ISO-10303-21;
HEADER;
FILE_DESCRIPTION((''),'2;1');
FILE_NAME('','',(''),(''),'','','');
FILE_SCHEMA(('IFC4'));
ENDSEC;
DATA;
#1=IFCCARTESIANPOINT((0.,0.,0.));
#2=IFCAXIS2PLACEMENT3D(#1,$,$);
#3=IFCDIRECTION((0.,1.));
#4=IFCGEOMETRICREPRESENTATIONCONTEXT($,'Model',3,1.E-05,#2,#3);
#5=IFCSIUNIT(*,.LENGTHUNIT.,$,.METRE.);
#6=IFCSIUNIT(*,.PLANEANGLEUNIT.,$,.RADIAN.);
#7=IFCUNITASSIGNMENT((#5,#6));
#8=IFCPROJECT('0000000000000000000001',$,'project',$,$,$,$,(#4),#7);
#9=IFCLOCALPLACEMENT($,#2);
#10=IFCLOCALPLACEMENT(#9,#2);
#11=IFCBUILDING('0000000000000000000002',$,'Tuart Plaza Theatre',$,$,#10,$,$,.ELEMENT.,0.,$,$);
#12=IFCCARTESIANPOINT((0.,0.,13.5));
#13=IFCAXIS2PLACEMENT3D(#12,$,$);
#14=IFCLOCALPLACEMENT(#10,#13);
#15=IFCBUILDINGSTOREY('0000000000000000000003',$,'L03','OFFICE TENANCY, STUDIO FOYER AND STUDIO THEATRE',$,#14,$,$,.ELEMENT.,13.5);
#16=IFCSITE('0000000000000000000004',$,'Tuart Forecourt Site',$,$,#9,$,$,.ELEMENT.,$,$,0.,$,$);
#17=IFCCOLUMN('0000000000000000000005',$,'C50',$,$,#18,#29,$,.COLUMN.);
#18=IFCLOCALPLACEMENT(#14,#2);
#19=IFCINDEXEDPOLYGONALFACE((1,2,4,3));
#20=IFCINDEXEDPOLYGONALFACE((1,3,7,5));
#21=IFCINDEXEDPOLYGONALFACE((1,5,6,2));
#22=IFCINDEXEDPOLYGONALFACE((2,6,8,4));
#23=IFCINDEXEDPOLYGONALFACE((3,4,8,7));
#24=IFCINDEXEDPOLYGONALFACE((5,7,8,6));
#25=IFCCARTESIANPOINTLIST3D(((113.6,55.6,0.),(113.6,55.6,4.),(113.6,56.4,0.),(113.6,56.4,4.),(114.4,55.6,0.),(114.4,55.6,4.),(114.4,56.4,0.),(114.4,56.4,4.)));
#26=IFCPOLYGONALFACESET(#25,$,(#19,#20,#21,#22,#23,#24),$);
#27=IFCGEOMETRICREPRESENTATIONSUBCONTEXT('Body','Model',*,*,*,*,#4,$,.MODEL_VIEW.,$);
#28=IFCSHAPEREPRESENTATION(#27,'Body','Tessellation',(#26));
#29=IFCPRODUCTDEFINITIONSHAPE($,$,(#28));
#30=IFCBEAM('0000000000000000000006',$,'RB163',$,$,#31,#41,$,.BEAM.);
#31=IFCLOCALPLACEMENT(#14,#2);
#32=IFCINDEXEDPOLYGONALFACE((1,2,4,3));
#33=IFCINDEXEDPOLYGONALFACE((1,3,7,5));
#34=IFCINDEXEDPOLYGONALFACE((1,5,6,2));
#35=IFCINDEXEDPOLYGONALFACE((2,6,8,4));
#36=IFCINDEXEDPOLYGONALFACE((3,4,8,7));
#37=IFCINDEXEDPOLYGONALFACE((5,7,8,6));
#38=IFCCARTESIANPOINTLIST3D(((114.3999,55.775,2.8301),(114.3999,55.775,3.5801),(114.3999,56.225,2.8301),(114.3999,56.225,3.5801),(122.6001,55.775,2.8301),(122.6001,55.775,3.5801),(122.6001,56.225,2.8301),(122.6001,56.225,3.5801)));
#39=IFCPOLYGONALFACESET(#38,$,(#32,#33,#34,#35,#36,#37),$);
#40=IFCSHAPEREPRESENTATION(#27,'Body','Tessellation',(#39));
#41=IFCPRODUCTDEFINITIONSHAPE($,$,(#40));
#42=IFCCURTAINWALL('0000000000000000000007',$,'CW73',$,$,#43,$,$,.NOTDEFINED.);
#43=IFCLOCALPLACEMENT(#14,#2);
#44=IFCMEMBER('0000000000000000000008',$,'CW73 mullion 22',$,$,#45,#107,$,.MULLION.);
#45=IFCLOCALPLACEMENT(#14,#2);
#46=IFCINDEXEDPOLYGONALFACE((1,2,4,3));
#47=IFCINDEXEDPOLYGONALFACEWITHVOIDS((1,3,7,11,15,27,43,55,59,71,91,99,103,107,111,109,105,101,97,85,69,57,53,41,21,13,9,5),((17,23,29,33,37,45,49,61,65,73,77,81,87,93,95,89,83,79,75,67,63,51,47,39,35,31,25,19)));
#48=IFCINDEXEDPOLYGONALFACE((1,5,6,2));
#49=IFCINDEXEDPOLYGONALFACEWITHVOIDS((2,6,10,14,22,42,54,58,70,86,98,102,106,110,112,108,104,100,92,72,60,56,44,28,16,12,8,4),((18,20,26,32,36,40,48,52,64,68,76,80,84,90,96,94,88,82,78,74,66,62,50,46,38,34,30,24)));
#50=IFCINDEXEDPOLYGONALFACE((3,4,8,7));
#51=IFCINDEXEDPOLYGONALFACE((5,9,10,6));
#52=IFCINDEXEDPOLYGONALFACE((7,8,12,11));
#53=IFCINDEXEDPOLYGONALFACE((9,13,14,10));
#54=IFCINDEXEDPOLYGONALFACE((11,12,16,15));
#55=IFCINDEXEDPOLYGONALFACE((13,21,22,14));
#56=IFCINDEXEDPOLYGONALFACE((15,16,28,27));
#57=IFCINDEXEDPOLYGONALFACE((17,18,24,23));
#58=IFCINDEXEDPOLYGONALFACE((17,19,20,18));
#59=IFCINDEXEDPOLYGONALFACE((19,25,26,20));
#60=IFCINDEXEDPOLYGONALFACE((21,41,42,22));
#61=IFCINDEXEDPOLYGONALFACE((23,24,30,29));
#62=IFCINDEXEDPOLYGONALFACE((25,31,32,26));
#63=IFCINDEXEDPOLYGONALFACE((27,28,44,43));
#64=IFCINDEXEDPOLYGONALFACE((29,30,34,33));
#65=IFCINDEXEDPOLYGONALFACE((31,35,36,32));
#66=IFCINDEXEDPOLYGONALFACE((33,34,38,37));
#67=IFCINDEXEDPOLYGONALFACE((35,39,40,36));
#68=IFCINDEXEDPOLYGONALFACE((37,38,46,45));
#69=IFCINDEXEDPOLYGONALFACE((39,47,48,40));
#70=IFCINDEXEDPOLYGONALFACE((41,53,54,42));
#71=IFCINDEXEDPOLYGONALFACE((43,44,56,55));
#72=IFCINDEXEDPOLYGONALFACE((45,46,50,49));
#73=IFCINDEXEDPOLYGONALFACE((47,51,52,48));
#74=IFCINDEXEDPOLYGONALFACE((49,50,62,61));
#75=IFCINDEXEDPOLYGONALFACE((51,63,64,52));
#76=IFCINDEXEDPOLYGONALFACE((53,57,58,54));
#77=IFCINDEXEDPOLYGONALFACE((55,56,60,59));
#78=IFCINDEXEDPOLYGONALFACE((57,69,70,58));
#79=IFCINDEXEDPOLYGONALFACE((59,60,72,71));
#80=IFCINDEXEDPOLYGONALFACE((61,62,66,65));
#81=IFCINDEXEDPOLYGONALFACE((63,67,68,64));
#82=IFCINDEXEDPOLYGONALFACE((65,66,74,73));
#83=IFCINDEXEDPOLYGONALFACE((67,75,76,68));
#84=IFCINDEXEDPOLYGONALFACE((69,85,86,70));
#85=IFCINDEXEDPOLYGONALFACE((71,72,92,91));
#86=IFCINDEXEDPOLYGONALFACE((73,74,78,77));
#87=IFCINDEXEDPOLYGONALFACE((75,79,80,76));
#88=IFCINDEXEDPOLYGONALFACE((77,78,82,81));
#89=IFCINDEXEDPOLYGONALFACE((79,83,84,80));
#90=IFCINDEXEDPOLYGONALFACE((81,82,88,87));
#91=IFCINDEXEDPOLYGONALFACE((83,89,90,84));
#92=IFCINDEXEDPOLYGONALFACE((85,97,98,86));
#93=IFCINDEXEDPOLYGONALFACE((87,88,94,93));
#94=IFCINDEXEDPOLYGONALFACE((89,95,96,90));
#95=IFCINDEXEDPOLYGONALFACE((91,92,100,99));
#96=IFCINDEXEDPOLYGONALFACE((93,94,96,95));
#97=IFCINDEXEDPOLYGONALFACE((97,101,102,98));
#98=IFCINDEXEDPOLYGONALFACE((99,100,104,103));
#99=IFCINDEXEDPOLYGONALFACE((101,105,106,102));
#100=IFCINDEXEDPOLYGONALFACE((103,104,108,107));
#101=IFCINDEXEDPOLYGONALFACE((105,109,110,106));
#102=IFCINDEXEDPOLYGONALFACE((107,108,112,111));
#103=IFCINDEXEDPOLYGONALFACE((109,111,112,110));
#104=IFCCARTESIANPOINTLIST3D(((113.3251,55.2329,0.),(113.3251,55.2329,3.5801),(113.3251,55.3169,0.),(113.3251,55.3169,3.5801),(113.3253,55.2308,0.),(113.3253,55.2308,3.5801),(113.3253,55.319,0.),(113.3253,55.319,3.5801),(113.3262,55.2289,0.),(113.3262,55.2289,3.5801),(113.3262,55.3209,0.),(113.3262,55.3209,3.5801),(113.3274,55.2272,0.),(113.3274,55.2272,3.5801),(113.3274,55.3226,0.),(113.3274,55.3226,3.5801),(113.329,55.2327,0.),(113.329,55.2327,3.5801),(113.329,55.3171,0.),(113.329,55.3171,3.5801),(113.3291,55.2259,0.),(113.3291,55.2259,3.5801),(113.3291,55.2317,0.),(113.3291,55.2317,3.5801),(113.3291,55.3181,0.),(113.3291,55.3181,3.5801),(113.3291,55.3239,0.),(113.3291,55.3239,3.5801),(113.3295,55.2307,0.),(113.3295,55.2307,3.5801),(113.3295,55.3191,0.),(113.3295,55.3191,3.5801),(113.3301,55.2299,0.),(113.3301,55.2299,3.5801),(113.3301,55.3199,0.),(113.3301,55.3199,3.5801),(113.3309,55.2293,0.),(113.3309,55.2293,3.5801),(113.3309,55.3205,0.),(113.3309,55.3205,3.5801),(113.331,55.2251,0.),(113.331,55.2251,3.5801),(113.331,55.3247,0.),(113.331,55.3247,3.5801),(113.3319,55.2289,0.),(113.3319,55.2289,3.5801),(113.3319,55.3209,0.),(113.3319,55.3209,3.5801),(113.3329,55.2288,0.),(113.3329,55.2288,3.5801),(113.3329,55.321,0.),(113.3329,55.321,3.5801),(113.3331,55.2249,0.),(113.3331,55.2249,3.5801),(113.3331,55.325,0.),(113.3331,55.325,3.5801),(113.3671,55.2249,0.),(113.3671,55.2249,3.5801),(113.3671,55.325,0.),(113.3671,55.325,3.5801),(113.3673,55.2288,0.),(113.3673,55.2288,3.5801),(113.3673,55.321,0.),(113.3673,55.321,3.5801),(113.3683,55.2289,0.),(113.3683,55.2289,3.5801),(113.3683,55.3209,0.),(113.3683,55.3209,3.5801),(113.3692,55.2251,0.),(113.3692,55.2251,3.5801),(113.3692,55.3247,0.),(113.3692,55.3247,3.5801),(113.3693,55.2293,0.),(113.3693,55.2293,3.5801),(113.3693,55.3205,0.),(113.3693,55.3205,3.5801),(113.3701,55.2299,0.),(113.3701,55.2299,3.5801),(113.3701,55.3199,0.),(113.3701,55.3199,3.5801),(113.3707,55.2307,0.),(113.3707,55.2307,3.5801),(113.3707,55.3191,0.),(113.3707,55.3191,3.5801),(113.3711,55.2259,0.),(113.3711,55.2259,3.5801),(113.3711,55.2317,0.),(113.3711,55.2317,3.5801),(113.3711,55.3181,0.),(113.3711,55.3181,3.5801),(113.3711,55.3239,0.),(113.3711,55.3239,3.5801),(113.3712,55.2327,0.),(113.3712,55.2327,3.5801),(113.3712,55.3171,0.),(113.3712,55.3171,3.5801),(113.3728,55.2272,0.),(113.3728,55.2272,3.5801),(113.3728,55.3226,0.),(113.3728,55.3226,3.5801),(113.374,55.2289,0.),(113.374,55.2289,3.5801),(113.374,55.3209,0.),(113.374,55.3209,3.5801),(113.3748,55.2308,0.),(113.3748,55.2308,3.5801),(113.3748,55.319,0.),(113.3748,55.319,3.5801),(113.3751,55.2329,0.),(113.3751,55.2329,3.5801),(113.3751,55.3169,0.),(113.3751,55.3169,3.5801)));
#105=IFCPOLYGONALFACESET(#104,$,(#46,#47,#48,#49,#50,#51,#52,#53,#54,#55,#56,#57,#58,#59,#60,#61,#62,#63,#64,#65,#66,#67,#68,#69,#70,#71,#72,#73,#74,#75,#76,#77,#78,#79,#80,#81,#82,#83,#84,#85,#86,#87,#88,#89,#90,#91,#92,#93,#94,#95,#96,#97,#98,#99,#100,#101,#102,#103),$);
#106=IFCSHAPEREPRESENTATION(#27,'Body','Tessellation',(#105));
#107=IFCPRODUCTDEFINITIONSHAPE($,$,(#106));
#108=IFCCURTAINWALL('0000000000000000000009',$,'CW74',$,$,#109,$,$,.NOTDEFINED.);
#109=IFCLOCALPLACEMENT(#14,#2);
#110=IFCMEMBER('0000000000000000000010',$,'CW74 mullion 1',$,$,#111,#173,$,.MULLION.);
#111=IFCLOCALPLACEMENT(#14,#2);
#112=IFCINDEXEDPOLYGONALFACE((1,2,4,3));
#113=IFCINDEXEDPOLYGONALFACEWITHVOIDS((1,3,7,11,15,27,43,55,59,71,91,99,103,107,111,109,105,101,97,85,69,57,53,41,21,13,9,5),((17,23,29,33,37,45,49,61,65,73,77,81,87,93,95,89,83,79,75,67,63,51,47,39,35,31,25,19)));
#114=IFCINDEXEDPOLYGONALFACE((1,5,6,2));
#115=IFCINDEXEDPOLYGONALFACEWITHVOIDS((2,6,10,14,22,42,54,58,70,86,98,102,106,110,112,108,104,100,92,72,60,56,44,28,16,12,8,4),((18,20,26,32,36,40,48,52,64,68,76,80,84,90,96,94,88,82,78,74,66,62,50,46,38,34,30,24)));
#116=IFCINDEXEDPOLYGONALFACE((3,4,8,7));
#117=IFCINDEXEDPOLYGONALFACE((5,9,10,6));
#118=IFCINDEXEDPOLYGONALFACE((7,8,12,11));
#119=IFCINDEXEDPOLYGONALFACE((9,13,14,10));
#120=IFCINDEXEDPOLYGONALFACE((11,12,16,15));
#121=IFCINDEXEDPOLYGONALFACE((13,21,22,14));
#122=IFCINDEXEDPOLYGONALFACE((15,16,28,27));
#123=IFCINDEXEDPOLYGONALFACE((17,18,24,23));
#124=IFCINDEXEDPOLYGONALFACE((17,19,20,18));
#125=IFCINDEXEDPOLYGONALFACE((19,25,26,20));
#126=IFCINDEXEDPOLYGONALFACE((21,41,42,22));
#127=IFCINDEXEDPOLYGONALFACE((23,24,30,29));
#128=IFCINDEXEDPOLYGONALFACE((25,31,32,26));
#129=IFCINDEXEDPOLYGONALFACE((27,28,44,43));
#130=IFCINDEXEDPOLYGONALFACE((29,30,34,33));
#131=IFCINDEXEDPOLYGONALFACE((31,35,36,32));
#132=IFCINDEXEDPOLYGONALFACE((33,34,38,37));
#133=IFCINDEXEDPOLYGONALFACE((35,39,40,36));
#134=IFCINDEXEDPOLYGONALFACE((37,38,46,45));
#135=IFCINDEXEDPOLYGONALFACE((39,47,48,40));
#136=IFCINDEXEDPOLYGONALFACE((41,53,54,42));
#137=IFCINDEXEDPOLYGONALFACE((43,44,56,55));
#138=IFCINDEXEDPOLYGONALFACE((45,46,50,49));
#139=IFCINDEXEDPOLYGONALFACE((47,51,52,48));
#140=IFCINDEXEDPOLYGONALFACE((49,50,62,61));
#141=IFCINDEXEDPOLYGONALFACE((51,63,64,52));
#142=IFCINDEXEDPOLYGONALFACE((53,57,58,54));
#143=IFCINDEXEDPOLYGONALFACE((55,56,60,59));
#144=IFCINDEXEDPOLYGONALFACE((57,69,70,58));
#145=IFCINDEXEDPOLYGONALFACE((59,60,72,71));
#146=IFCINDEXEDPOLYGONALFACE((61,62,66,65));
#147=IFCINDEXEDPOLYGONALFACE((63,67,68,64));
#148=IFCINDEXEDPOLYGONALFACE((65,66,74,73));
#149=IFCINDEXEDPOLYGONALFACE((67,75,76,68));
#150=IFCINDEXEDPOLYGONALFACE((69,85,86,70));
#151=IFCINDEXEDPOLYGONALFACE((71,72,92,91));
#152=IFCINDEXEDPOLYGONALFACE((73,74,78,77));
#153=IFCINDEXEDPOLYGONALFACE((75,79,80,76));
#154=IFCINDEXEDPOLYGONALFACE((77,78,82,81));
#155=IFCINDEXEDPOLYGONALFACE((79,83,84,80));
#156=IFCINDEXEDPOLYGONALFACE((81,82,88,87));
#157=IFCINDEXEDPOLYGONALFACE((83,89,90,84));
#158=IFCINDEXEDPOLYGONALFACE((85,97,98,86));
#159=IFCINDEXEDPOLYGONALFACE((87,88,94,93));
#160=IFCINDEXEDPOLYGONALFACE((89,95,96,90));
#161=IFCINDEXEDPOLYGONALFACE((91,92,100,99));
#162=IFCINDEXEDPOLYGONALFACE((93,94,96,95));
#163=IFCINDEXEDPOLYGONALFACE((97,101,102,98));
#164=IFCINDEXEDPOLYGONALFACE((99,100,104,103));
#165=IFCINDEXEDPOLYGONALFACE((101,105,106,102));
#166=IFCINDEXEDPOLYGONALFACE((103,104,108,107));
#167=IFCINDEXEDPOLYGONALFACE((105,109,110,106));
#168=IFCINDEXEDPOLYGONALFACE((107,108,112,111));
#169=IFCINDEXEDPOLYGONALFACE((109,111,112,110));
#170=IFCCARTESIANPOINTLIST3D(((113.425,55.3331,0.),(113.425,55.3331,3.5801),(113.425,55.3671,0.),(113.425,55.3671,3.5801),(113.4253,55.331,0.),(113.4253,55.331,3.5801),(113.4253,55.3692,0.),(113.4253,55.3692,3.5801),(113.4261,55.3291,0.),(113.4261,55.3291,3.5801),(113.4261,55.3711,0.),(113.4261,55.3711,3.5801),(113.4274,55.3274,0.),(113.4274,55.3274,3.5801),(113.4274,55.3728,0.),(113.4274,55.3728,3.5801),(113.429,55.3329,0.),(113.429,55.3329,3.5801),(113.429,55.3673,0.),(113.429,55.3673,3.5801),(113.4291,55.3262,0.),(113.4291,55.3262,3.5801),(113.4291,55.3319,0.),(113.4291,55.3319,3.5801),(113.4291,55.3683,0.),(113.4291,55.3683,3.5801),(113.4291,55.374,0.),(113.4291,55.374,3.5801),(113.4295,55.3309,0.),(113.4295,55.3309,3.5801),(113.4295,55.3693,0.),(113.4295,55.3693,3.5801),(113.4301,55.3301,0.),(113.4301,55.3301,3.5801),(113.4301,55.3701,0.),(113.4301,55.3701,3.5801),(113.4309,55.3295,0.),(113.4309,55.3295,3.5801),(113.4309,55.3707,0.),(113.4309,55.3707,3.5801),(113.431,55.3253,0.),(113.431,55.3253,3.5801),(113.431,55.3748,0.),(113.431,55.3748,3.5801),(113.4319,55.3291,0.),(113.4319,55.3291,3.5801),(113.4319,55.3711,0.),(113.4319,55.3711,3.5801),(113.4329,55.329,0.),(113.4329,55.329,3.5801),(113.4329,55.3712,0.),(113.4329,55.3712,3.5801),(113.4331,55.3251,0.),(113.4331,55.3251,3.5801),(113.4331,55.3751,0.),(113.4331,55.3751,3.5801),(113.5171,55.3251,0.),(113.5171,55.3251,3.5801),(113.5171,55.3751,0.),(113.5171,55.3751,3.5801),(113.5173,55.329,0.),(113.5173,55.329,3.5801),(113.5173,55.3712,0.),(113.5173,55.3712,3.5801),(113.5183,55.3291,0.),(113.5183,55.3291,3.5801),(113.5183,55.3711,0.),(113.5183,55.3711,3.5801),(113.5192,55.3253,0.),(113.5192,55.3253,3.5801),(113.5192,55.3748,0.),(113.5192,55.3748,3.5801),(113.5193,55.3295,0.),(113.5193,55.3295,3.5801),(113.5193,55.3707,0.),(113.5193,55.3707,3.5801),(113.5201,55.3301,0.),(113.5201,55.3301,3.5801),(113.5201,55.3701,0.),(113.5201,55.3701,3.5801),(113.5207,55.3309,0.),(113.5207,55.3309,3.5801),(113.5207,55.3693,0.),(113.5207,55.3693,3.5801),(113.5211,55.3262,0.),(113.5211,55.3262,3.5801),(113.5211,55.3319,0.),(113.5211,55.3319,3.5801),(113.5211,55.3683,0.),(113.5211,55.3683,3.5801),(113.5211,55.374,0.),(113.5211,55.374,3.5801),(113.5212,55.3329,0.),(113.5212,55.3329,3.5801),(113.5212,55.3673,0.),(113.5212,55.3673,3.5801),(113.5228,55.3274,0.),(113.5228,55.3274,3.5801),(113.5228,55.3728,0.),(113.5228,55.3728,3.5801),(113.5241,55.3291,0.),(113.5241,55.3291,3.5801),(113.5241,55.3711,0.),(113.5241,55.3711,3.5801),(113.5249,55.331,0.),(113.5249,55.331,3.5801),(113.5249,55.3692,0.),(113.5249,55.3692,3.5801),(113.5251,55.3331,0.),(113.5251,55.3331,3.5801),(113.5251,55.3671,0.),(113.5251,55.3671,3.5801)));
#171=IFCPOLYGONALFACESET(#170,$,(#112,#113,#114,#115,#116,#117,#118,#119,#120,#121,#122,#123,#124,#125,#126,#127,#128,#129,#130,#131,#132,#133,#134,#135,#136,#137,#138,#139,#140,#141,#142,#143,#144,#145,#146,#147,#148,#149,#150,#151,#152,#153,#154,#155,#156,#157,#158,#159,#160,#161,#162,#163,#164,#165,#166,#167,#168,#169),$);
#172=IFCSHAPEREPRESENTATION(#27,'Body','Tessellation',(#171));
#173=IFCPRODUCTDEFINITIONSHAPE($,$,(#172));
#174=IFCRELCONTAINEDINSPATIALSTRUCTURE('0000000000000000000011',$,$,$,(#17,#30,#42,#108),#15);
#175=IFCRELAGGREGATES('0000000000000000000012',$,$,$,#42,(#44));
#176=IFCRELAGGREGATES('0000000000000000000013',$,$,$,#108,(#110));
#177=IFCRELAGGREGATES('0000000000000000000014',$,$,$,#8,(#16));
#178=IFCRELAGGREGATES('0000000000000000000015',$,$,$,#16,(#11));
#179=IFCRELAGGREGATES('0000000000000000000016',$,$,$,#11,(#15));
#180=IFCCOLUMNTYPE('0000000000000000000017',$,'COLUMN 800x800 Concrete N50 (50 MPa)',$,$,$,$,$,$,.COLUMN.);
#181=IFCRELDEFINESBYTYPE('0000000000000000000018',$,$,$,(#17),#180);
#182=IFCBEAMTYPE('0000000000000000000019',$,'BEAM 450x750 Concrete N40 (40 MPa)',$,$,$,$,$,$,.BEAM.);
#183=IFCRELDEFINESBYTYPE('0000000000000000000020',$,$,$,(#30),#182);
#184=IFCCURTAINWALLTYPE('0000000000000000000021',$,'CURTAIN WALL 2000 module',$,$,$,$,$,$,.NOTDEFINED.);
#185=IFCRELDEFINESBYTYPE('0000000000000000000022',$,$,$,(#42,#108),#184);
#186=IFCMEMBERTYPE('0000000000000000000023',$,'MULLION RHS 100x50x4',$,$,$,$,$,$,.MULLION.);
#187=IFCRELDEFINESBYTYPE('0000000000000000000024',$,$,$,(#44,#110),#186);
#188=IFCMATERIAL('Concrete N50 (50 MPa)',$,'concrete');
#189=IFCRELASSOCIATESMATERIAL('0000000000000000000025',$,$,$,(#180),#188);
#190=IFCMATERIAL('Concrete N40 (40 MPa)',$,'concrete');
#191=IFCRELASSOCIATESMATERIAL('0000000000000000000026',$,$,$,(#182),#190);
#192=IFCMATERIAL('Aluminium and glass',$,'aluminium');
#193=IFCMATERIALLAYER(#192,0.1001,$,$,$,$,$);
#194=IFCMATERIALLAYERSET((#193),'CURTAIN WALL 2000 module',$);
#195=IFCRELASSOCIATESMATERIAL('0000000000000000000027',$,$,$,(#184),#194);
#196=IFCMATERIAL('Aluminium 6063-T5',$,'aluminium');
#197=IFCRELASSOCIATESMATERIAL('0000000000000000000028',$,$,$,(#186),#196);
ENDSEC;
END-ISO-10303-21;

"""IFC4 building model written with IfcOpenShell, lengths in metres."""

from ifc_helpers import new_model, si_unit, direction, frame, origin, origin_2d, place, context, subcontext, project, spatial, rectangle, hollow_rectangle, extrude, material, layer, layer_set, material_profile, profile_set, type_object, element, aggregate, save


model = new_model("IFC4")

# Units and contexts
model_context = context("Model", 3, precision=1e-05, world=origin(), true_north=direction((0.0, 1.0)))
body_context = subcontext(model_context, "Body", "Model", "MODEL_VIEW")
ifc_project = project(units=[si_unit("LENGTHUNIT", "METRE"), si_unit("PLANEANGLEUNIT", "RADIAN")], contexts=[model_context])

# Site, building, storey
site_placement = place(None, origin())
site = spatial("IfcSite", under=ifc_project, at=site_placement, Name="Tuart Forecourt Site", CompositionType="ELEMENT", RefElevation=0.0)
building_placement = place(site_placement, origin())
building = spatial("IfcBuilding", under=site, at=building_placement, Name="Tuart Plaza Theatre", CompositionType="ELEMENT", ElevationOfRefHeight=0.0)
storey_placement = place(building_placement, frame((0.0, 0.0, 13.5)))
storey = spatial("IfcBuildingStorey", under=building, at=storey_placement, Name="L03", Description="OFFICE TENANCY, STUDIO FOYER AND STUDIO THEATRE", CompositionType="ELEMENT", Elevation=13.5)

# Column
ifc_material_1 = material(Name="Concrete N50 (50 MPa)", Category="concrete")
ifc_material_profile_1 = material_profile(ifc_material_1, rectangle(XDim=0.8, YDim=0.8, at=origin_2d()), Name="COLUMN 800x800 Concrete N50 (50 MPa)")
ifc_profile_set_1 = profile_set([ifc_material_profile_1], Name="Concrete N50 (50 MPa)")
column_type = type_object("IfcColumnType", Name="COLUMN 800x800 Concrete N50 (50 MPa)", PredefinedType="COLUMN", material=ifc_profile_set_1)
column_placement = place(storey_placement, frame((114.0, 56.0, 0.0), z_axis=(0.0, 0.0, 1.0), x_axis=(1.0, 0.0, 0.0)))
element("IfcColumn", 1, at=column_placement, inside=storey, type_object=column_type, Name="C50", PredefinedType="COLUMN", context=body_context, shape_type="SweptSolid", body=[
    extrude(rectangle(XDim=0.8, YDim=0.8, at=origin_2d()), origin(), (0.0, 0.0, 1.0), 4.0),
])

# Beam
ifc_material_2 = material(Name="Concrete N40 (40 MPa)", Category="concrete")
ifc_material_profile_2 = material_profile(ifc_material_2, rectangle(XDim=0.45, YDim=0.75, at=origin_2d()), Name="BEAM 450x750 Concrete N40 (40 MPa)")
ifc_profile_set_2 = profile_set([ifc_material_profile_2], Name="Concrete N40 (40 MPa)")
beam_type = type_object("IfcBeamType", Name="BEAM 450x750 Concrete N40 (40 MPa)", PredefinedType="BEAM", material=ifc_profile_set_2)
beam_placement = place(storey_placement, frame((114.3999, 56.0, 3.2051), z_axis=(1.0, 0.0, 0.0), x_axis=(0.0, 1.0, 0.0)))
element("IfcBeam", 2, at=beam_placement, inside=storey, type_object=beam_type, Name="RB163", PredefinedType="BEAM", context=body_context, shape_type="SweptSolid", body=[
    extrude(rectangle(XDim=0.45, YDim=0.75, at=origin_2d()), origin(), (0.0, 0.0, 1.0), 8.2002),
])

# Curtain wall, member
ifc_material_3 = material(Name="Aluminium and glass", Category="aluminium")
ifc_layer_1 = layer(ifc_material_3, 0.1001)
ifc_layer_set_1 = layer_set([ifc_layer_1], Name="CURTAIN WALL 2000 module")
curtain_wall_type = type_object("IfcCurtainWallType", Name="CURTAIN WALL 2000 module", PredefinedType="NOTDEFINED", material=ifc_layer_set_1)
curtain_wall_1_placement = place(storey_placement, origin())
curtain_wall_1 = element("IfcCurtainWall", 3, at=curtain_wall_1_placement, inside=storey, type_object=curtain_wall_type, Name="CW73", PredefinedType="NOTDEFINED")
ifc_material_4 = material(Name="Aluminium 6063-T5", Category="aluminium")
ifc_material_profile_3 = material_profile(ifc_material_4, hollow_rectangle(XDim=0.05, YDim=0.1001, WallThickness=0.0039, InnerFilletRadius=0.0039, OuterFilletRadius=0.0081, at=origin_2d()), Name="RHS 100x50x4")
ifc_profile_set_3 = profile_set([ifc_material_profile_3], Name="Aluminium 6063-T5")
member_type_1 = type_object("IfcMemberType", Name="MULLION RHS 100x50x4", PredefinedType="MULLION", material=ifc_profile_set_3)
member_1_placement = place(storey_placement, frame((113.3501, 55.2749, 0.0), z_axis=(0.0, 0.0, 1.0), x_axis=(1.0, 0.0, 0.0)))
member_1 = element("IfcMember", 4, at=member_1_placement, type_object=member_type_1, Name="CW73 mullion 22", PredefinedType="MULLION", context=body_context, shape_type="SweptSolid", body=[
    extrude(hollow_rectangle(XDim=0.05, YDim=0.1001, WallThickness=0.0039, InnerFilletRadius=0.0039, OuterFilletRadius=0.0081, at=origin_2d()), origin(), (0.0, 0.0, 1.0), 3.5801),
])
aggregate(curtain_wall_1, [member_1])

# Curtain wall, member
curtain_wall_2_placement = place(storey_placement, origin())
curtain_wall_2 = element("IfcCurtainWall", 5, at=curtain_wall_2_placement, inside=storey, type_object=curtain_wall_type, Name="CW74", PredefinedType="NOTDEFINED")
member_2_placement = place(storey_placement, frame((113.4751, 55.3501, 0.0), z_axis=(0.0, 0.0, 1.0), x_axis=(0.0, 1.0, 0.0)))
member_2 = element("IfcMember", 6, at=member_2_placement, type_object=member_type_1, Name="CW74 mullion 1", PredefinedType="MULLION", context=body_context, shape_type="SweptSolid", body=[
    extrude(hollow_rectangle(XDim=0.05, YDim=0.1001, WallThickness=0.0039, InnerFilletRadius=0.0039, OuterFilletRadius=0.0081, at=origin_2d()), origin(), (0.0, 0.0, 1.0), 3.5801),
])
aggregate(curtain_wall_2, [member_2])

save(model, "model.ifc")
